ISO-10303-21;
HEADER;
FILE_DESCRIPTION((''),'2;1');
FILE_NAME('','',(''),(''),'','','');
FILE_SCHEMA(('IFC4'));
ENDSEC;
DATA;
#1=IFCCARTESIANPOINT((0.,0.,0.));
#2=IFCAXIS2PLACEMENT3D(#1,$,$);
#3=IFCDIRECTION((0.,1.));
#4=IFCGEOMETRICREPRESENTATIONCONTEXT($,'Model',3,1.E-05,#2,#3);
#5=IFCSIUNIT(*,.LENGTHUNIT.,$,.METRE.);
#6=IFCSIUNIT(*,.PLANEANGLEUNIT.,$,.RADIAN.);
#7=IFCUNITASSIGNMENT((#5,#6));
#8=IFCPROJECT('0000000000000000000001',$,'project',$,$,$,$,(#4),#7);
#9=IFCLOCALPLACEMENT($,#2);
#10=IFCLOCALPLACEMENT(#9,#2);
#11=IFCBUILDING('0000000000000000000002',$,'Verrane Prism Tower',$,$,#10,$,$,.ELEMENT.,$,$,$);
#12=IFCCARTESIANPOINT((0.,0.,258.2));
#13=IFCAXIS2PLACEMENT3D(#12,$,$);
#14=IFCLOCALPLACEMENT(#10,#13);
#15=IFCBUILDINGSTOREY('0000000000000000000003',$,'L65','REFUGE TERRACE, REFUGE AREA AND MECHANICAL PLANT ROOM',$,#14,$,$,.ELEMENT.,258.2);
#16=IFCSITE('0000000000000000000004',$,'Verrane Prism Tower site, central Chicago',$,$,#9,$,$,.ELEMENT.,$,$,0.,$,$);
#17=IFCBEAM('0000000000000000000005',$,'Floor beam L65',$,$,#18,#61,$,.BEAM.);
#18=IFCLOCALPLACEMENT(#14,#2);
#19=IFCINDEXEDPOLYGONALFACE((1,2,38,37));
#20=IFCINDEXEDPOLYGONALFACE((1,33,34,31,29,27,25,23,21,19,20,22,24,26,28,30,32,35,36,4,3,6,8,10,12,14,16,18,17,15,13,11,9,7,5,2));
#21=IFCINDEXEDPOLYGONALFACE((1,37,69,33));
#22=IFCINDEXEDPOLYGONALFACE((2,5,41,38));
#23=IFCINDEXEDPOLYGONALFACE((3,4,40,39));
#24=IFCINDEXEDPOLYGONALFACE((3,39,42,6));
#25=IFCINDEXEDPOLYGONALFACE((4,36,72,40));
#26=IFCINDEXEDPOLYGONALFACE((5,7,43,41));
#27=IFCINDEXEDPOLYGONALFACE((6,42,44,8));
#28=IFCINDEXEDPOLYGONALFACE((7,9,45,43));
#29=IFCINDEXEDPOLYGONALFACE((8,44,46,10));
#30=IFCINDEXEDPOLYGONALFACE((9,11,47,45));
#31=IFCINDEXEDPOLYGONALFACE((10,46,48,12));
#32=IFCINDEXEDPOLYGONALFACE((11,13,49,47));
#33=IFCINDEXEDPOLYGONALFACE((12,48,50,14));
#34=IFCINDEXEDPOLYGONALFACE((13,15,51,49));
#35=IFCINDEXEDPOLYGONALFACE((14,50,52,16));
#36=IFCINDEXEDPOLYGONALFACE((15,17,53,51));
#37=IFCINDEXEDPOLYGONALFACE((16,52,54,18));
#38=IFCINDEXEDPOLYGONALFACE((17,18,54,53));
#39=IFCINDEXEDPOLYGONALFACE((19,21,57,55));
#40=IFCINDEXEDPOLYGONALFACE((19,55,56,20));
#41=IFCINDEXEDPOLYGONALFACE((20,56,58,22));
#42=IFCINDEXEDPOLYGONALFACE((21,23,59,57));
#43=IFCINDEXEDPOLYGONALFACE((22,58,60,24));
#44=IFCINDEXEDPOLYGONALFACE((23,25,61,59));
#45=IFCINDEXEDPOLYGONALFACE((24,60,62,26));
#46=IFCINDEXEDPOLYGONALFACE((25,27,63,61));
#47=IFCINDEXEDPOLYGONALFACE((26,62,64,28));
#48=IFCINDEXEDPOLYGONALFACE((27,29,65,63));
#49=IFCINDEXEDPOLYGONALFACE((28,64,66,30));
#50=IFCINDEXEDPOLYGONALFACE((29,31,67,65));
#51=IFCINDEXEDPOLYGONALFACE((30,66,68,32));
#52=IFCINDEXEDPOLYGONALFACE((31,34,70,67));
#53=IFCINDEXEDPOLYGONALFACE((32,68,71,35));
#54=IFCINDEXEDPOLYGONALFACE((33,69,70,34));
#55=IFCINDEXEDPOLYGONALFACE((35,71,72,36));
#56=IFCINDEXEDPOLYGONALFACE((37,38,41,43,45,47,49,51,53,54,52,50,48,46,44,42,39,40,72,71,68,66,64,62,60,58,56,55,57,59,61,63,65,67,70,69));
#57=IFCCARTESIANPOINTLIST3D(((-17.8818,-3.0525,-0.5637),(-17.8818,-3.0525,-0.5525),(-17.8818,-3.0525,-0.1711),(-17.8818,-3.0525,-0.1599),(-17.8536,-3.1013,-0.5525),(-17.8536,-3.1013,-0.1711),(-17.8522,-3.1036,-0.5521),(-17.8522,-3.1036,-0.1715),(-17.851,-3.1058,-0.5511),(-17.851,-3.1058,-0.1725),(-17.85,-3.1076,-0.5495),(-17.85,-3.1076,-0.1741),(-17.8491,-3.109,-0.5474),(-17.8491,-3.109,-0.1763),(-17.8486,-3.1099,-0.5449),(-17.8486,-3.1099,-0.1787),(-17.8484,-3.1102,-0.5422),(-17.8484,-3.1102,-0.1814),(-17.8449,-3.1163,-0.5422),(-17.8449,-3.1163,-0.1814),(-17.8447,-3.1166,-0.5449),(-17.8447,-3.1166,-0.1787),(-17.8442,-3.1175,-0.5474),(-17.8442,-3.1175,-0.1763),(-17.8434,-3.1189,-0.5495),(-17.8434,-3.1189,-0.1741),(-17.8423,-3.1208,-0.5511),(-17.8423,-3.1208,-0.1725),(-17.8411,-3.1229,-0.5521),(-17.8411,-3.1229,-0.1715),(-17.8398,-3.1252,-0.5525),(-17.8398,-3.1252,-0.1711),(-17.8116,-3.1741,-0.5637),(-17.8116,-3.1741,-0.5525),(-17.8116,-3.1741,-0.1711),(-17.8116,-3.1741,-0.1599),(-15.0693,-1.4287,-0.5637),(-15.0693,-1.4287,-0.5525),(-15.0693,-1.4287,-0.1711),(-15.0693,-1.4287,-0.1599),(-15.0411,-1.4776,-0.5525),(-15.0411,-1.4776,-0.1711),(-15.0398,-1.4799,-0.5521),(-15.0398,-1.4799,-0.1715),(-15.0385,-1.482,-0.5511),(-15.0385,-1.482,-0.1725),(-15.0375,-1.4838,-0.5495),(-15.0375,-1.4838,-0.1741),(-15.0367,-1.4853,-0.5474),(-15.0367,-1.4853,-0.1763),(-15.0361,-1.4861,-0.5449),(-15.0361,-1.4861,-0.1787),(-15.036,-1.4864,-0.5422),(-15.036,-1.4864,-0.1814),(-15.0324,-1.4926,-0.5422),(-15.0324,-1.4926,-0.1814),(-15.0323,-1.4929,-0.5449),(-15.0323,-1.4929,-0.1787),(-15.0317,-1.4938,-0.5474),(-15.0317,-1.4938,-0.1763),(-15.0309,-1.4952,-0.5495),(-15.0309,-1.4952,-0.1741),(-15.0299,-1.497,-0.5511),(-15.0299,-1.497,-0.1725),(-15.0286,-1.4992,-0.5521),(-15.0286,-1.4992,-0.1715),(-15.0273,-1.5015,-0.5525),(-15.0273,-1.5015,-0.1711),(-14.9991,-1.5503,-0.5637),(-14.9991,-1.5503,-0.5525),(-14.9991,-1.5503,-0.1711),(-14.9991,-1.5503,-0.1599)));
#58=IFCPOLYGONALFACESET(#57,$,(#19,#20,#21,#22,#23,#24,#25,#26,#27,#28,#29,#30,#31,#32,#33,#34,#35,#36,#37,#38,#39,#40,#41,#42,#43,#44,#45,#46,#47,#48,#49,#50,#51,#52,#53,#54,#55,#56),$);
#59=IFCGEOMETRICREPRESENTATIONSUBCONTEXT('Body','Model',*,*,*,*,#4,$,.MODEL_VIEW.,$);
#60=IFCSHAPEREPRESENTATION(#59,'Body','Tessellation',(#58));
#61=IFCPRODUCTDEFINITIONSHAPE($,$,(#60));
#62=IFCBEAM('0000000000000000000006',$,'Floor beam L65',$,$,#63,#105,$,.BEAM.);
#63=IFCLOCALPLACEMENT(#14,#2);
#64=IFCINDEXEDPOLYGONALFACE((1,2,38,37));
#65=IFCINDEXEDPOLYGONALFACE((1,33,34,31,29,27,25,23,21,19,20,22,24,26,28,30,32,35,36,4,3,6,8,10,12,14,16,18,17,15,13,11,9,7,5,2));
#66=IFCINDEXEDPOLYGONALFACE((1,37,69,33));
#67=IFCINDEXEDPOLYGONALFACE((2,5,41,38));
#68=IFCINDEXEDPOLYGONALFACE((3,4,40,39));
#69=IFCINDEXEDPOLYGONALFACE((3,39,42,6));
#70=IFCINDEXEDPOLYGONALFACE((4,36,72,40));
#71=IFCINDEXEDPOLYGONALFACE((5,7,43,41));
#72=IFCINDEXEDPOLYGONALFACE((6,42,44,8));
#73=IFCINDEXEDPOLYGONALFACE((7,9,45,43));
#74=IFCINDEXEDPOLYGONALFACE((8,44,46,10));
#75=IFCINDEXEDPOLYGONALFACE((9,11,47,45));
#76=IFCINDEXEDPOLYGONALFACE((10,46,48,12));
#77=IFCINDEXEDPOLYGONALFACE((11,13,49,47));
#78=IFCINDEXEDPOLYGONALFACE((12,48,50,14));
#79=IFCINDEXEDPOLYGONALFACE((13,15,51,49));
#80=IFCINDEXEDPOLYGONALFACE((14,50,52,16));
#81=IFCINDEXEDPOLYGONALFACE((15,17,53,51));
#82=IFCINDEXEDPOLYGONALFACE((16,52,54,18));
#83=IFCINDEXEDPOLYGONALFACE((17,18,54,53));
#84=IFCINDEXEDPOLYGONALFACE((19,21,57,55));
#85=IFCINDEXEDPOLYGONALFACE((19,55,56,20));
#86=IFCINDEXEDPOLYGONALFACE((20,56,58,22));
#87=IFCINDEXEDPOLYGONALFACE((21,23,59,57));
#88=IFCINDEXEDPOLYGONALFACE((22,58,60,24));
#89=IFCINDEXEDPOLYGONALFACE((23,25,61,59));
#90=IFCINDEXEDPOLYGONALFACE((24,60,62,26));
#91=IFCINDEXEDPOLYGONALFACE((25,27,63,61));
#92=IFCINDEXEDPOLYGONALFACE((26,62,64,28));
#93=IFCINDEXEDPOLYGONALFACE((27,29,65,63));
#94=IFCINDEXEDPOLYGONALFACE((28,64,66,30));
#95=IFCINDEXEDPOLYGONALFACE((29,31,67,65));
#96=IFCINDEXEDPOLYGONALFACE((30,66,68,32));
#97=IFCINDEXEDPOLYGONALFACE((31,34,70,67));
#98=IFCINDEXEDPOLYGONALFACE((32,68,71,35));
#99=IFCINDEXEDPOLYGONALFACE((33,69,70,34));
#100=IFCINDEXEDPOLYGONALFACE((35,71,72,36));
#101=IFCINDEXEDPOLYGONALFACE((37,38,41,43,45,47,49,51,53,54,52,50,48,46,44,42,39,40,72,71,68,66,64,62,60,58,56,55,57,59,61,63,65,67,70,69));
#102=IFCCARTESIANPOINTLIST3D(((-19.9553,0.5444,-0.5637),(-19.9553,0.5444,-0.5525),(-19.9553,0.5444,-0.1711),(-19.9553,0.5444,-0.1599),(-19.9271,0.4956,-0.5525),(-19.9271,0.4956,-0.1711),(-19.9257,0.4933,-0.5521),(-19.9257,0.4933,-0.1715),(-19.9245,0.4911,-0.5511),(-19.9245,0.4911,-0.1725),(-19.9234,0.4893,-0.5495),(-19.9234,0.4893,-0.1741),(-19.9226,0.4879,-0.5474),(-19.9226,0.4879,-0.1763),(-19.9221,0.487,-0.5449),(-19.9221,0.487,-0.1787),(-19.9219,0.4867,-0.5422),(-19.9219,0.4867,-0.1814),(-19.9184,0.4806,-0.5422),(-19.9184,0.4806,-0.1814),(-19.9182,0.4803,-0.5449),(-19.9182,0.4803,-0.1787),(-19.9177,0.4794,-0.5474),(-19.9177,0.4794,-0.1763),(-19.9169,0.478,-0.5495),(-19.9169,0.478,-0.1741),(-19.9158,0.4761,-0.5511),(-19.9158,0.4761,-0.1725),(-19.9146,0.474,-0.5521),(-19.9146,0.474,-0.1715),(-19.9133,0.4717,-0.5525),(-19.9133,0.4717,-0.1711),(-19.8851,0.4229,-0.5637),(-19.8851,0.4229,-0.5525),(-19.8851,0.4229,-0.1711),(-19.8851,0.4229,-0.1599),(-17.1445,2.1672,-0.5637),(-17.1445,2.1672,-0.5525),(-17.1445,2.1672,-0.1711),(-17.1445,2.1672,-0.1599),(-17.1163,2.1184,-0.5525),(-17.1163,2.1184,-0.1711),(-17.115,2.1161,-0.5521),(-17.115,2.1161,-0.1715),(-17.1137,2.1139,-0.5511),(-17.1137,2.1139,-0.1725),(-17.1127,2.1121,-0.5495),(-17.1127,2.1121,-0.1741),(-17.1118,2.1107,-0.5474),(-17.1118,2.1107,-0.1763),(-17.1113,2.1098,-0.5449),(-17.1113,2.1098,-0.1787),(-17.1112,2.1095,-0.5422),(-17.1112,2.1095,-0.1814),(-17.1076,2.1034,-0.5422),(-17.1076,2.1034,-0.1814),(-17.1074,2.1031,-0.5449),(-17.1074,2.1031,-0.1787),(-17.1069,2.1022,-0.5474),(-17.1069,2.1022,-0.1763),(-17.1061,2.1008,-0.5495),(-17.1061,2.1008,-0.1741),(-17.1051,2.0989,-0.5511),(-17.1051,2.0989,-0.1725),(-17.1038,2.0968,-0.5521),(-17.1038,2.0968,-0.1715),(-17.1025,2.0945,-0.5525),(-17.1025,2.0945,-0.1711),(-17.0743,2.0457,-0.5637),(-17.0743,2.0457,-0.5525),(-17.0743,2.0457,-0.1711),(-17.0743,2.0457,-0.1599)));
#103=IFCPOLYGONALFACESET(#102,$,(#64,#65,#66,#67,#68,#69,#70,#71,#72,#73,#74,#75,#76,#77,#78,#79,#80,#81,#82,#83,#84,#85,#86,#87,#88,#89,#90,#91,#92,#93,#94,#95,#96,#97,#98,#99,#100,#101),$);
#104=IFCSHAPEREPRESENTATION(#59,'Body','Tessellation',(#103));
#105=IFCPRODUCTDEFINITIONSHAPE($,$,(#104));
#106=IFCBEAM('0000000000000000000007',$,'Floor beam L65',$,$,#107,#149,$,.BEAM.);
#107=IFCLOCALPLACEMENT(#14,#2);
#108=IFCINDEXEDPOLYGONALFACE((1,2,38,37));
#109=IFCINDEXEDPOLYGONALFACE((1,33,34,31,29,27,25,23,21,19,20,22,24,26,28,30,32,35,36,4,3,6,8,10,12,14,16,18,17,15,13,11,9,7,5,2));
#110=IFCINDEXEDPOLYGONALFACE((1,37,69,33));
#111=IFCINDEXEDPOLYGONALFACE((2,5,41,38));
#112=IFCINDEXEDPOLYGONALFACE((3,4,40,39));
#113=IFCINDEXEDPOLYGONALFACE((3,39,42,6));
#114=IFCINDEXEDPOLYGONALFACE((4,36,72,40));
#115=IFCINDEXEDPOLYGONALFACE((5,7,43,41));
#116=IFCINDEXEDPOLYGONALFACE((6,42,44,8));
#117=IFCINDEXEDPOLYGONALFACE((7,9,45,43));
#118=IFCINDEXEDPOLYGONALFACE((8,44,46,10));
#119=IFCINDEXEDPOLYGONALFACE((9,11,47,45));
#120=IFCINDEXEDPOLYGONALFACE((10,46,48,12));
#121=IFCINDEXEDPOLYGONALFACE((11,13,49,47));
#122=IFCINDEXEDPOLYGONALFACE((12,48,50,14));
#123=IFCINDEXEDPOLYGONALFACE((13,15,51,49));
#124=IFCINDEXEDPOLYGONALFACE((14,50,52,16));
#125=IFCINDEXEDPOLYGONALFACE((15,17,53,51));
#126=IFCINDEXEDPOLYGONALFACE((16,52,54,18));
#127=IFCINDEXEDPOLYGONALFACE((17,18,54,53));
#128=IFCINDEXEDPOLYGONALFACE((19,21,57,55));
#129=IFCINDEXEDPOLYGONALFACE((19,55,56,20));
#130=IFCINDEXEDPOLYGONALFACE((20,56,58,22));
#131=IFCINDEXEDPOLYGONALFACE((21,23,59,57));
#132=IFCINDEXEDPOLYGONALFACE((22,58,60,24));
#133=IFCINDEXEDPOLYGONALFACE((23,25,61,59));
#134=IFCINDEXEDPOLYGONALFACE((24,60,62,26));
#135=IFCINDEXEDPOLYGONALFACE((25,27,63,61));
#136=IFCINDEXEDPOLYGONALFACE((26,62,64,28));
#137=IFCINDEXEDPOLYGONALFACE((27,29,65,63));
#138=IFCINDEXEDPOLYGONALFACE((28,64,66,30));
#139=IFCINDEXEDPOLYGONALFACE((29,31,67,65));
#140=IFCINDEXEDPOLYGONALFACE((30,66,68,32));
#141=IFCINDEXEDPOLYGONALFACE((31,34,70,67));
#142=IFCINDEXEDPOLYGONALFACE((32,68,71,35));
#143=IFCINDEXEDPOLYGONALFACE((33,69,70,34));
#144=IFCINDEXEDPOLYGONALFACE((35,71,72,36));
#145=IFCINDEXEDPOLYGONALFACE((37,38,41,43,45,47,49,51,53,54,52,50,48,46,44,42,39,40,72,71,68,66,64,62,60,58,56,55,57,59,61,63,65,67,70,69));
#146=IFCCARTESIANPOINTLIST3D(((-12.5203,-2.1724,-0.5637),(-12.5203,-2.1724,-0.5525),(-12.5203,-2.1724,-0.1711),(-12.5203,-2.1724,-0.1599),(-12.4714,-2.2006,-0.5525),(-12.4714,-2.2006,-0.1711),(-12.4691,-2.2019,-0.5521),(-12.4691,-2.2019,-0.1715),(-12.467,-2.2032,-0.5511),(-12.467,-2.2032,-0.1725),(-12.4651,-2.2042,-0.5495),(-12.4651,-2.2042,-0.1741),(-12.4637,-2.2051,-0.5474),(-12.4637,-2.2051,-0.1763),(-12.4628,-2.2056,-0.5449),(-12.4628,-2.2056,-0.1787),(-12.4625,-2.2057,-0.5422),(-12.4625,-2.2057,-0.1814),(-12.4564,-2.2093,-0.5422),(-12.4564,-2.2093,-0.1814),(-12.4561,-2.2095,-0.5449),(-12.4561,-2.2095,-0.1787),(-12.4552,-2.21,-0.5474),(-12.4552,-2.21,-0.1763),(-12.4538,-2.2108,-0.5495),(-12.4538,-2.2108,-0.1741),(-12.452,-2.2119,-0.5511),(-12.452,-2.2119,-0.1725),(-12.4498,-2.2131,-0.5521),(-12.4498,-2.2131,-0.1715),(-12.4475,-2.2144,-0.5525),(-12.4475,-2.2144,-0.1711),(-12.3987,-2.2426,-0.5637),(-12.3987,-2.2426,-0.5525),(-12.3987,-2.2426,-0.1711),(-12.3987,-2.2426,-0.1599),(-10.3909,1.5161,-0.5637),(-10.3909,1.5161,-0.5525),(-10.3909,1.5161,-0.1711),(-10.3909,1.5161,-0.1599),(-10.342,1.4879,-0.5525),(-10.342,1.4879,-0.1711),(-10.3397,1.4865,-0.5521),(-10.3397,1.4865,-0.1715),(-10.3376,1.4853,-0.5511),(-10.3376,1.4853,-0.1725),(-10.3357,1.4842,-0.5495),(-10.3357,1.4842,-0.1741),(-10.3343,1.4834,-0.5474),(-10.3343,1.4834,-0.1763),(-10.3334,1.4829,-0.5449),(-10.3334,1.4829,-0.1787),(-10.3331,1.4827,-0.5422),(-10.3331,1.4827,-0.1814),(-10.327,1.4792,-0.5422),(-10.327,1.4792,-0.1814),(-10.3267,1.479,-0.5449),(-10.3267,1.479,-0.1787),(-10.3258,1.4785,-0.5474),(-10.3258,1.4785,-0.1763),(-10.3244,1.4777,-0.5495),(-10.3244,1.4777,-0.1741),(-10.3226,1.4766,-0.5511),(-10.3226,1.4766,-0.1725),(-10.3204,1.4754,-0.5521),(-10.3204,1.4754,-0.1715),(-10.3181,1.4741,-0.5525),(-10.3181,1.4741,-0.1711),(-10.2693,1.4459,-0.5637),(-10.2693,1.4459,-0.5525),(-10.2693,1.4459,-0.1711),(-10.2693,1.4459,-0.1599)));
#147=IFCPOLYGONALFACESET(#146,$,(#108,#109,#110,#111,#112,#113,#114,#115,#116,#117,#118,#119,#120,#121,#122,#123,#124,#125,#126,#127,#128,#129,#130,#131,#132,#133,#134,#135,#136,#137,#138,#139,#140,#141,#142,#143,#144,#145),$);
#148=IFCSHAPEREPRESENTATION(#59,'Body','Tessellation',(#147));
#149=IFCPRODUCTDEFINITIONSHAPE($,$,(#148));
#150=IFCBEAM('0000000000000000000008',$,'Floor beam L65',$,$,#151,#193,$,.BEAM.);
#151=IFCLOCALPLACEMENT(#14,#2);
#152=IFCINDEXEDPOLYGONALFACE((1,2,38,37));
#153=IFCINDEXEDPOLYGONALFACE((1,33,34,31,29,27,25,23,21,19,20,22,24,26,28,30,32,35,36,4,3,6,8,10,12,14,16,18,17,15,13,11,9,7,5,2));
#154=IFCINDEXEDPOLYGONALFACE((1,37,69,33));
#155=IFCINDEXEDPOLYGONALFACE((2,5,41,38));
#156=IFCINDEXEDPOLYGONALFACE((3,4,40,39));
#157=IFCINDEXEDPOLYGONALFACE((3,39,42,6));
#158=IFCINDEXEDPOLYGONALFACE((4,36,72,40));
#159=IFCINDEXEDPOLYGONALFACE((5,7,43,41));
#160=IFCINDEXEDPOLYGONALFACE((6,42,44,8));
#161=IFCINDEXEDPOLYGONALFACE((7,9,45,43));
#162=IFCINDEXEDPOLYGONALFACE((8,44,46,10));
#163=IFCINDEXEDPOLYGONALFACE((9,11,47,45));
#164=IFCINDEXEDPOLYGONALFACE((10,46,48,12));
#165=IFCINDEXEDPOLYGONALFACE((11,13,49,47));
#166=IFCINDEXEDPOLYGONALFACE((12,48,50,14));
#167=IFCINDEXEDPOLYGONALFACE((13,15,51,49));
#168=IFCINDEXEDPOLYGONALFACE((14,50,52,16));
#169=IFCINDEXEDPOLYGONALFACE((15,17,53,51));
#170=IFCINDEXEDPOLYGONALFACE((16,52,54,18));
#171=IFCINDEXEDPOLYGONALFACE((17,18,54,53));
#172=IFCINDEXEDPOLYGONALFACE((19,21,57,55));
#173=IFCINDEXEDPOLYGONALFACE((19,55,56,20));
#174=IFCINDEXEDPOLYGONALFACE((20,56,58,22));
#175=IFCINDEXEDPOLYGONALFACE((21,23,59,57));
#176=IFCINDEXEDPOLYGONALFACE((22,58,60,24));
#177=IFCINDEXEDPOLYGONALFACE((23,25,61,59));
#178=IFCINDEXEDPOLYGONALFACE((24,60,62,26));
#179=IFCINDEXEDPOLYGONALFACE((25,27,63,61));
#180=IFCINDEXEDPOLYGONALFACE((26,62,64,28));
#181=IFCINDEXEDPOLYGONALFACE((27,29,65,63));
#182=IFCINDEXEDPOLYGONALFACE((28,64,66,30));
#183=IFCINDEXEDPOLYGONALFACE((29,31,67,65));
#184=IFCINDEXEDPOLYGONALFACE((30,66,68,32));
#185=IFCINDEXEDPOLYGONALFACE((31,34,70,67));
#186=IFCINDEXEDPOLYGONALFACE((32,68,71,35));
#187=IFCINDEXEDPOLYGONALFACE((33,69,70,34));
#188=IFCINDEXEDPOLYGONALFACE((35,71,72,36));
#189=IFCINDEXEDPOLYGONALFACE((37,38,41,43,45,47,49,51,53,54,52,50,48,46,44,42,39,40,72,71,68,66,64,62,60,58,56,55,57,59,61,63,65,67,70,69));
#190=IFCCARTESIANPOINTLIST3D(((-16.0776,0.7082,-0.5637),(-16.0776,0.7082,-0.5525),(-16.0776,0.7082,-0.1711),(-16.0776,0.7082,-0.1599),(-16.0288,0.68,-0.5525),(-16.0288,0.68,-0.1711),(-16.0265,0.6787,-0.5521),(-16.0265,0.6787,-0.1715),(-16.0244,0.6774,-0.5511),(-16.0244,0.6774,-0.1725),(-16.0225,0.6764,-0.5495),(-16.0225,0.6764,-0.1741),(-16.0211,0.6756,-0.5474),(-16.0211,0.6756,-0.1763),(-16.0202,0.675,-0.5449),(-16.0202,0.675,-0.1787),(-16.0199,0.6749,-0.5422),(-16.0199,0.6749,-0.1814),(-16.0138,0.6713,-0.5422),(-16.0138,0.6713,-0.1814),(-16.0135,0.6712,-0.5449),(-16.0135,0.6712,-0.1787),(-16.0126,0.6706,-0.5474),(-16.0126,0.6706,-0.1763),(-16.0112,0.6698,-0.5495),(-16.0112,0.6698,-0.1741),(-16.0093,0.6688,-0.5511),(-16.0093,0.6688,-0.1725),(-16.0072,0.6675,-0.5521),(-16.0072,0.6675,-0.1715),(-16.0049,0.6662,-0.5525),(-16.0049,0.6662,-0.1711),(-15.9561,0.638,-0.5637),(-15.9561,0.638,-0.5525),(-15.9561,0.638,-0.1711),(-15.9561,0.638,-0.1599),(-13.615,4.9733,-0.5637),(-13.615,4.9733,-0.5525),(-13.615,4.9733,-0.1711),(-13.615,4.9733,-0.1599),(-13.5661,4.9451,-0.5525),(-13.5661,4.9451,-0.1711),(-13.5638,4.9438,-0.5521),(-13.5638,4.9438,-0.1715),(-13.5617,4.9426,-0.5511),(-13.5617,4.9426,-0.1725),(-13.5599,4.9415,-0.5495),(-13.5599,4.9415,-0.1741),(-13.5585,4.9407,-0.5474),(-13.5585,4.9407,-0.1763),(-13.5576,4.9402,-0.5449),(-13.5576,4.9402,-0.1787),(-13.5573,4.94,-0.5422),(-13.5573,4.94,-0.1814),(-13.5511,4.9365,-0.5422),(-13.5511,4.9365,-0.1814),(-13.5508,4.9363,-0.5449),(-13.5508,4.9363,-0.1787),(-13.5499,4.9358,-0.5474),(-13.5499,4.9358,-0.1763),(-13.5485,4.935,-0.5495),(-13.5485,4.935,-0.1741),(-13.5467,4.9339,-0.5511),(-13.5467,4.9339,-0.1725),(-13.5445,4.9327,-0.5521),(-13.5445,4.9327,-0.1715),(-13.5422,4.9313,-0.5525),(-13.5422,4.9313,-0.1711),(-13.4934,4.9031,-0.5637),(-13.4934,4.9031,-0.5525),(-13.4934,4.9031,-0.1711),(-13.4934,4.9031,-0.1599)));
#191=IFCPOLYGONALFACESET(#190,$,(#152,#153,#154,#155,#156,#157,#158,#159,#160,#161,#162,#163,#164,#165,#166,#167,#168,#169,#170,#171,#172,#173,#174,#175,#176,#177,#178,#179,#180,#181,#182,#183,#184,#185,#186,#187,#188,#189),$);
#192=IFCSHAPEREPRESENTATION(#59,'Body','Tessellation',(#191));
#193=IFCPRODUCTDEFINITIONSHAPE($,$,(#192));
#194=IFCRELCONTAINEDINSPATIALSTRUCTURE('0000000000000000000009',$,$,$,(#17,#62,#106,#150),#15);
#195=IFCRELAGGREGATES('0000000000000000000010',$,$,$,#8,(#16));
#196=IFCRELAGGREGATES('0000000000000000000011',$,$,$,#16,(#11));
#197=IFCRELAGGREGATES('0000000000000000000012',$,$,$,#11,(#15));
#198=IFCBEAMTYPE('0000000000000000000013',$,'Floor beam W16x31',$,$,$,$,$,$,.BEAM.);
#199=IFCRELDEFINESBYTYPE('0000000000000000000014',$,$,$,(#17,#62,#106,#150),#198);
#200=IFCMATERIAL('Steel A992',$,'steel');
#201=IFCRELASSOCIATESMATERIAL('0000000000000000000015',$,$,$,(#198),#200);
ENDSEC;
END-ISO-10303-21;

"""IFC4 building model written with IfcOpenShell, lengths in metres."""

from ifc_helpers import new_model, si_unit, direction, frame, origin, origin_2d, place, context, subcontext, project, spatial, i_section, extrude, material, material_profile, profile_set, type_object, element, save


model = new_model("IFC4")

# Units and contexts
model_context = context("Model", 3, precision=1e-05, world=origin(), true_north=direction((0.0, 1.0)))
body_context = subcontext(model_context, "Body", "Model", "MODEL_VIEW")
ifc_project = project(units=[si_unit("LENGTHUNIT", "METRE"), si_unit("PLANEANGLEUNIT", "RADIAN")], contexts=[model_context])

# Site, building, storey
site_placement = place(None, origin())
site = spatial("IfcSite", under=ifc_project, at=site_placement, Name="Verrane Prism Tower site, central Chicago", CompositionType="ELEMENT", RefElevation=0.0)
building_placement = place(site_placement, origin())
building = spatial("IfcBuilding", under=site, at=building_placement, Name="Verrane Prism Tower", CompositionType="ELEMENT")
storey_placement = place(building_placement, frame((0.0, 0.0, 258.2)))
storey = spatial("IfcBuildingStorey", under=building, at=storey_placement, Name="L65", Description="REFUGE TERRACE, REFUGE AREA AND MECHANICAL PLANT ROOM", CompositionType="ELEMENT", Elevation=258.2)

# Beams
ifc_material_1 = material(Name="Steel A992", Category="steel")
ifc_material_profile_1 = material_profile(ifc_material_1, i_section(OverallWidth=0.1404, OverallDepth=0.4038, WebThickness=0.0071, FlangeThickness=0.0112, FilletRadius=0.0103, at=origin_2d()), Name="W16x31")
ifc_profile_set_1 = profile_set([ifc_material_profile_1], Name="Steel A992")
beam_type_1 = type_object("IfcBeamType", Name="Floor beam W16x31", PredefinedType="BEAM", material=ifc_profile_set_1)
beam_1_placement = place(storey_placement, frame((-17.8467, -3.1133, -0.3618), z_axis=(0.866028, 0.499996, 0.0), x_axis=(-0.499996, 0.866028, 0.0)))
element("IfcBeam", 1, at=beam_1_placement, inside=storey, type_object=beam_type_1, Name="Floor beam L65", PredefinedType="BEAM", context=body_context, shape_type="SweptSolid", body=[
    extrude(i_section(OverallWidth=0.1404, OverallDepth=0.4038, WebThickness=0.0071, FlangeThickness=0.0112, FilletRadius=0.0103, at=origin_2d()), origin(), (0.0, 0.0, 1.0), 3.2476),
])
beam_2_placement = place(storey_placement, frame((-19.9202, 0.4836, -0.3618), z_axis=(0.866026, 0.499998, 0.0), x_axis=(-0.499998, 0.866026, 0.0)))
element("IfcBeam", 2, at=beam_2_placement, inside=storey, type_object=beam_type_1, Name="Floor beam L65", PredefinedType="BEAM", context=body_context, shape_type="SweptSolid", body=[
    extrude(i_section(OverallWidth=0.1404, OverallDepth=0.4038, WebThickness=0.0071, FlangeThickness=0.0112, FilletRadius=0.0103, at=origin_2d()), origin(), (0.0, 0.0, 1.0), 3.2456),
])
beam_3_placement = place(storey_placement, frame((-12.4595, -2.2075, -0.3618), z_axis=(0.499974, 0.86604, 0.0), x_axis=(-0.86604, 0.499974, 0.0)))
element("IfcBeam", 3, at=beam_3_placement, inside=storey, type_object=beam_type_1, Name="Floor beam L65", PredefinedType="BEAM", context=body_context, shape_type="SweptSolid", body=[
    extrude(i_section(OverallWidth=0.1404, OverallDepth=0.4038, WebThickness=0.0071, FlangeThickness=0.0112, FilletRadius=0.0103, at=origin_2d()), origin(), (0.0, 0.0, 1.0), 4.259),
])
beam_4_placement = place(storey_placement, frame((-16.0168, 0.6731, -0.3618), z_axis=(0.500026, 0.866011, 0.0), x_axis=(-0.866011, 0.500026, 0.0)))
element("IfcBeam", 4, at=beam_4_placement, inside=storey, type_object=beam_type_1, Name="Floor beam L65", PredefinedType="BEAM", context=body_context, shape_type="SweptSolid", body=[
    extrude(i_section(OverallWidth=0.1404, OverallDepth=0.4038, WebThickness=0.0071, FlangeThickness=0.0112, FilletRadius=0.0103, at=origin_2d()), origin(), (0.0, 0.0, 1.0), 4.925),
])

save(model, "model.ifc")
